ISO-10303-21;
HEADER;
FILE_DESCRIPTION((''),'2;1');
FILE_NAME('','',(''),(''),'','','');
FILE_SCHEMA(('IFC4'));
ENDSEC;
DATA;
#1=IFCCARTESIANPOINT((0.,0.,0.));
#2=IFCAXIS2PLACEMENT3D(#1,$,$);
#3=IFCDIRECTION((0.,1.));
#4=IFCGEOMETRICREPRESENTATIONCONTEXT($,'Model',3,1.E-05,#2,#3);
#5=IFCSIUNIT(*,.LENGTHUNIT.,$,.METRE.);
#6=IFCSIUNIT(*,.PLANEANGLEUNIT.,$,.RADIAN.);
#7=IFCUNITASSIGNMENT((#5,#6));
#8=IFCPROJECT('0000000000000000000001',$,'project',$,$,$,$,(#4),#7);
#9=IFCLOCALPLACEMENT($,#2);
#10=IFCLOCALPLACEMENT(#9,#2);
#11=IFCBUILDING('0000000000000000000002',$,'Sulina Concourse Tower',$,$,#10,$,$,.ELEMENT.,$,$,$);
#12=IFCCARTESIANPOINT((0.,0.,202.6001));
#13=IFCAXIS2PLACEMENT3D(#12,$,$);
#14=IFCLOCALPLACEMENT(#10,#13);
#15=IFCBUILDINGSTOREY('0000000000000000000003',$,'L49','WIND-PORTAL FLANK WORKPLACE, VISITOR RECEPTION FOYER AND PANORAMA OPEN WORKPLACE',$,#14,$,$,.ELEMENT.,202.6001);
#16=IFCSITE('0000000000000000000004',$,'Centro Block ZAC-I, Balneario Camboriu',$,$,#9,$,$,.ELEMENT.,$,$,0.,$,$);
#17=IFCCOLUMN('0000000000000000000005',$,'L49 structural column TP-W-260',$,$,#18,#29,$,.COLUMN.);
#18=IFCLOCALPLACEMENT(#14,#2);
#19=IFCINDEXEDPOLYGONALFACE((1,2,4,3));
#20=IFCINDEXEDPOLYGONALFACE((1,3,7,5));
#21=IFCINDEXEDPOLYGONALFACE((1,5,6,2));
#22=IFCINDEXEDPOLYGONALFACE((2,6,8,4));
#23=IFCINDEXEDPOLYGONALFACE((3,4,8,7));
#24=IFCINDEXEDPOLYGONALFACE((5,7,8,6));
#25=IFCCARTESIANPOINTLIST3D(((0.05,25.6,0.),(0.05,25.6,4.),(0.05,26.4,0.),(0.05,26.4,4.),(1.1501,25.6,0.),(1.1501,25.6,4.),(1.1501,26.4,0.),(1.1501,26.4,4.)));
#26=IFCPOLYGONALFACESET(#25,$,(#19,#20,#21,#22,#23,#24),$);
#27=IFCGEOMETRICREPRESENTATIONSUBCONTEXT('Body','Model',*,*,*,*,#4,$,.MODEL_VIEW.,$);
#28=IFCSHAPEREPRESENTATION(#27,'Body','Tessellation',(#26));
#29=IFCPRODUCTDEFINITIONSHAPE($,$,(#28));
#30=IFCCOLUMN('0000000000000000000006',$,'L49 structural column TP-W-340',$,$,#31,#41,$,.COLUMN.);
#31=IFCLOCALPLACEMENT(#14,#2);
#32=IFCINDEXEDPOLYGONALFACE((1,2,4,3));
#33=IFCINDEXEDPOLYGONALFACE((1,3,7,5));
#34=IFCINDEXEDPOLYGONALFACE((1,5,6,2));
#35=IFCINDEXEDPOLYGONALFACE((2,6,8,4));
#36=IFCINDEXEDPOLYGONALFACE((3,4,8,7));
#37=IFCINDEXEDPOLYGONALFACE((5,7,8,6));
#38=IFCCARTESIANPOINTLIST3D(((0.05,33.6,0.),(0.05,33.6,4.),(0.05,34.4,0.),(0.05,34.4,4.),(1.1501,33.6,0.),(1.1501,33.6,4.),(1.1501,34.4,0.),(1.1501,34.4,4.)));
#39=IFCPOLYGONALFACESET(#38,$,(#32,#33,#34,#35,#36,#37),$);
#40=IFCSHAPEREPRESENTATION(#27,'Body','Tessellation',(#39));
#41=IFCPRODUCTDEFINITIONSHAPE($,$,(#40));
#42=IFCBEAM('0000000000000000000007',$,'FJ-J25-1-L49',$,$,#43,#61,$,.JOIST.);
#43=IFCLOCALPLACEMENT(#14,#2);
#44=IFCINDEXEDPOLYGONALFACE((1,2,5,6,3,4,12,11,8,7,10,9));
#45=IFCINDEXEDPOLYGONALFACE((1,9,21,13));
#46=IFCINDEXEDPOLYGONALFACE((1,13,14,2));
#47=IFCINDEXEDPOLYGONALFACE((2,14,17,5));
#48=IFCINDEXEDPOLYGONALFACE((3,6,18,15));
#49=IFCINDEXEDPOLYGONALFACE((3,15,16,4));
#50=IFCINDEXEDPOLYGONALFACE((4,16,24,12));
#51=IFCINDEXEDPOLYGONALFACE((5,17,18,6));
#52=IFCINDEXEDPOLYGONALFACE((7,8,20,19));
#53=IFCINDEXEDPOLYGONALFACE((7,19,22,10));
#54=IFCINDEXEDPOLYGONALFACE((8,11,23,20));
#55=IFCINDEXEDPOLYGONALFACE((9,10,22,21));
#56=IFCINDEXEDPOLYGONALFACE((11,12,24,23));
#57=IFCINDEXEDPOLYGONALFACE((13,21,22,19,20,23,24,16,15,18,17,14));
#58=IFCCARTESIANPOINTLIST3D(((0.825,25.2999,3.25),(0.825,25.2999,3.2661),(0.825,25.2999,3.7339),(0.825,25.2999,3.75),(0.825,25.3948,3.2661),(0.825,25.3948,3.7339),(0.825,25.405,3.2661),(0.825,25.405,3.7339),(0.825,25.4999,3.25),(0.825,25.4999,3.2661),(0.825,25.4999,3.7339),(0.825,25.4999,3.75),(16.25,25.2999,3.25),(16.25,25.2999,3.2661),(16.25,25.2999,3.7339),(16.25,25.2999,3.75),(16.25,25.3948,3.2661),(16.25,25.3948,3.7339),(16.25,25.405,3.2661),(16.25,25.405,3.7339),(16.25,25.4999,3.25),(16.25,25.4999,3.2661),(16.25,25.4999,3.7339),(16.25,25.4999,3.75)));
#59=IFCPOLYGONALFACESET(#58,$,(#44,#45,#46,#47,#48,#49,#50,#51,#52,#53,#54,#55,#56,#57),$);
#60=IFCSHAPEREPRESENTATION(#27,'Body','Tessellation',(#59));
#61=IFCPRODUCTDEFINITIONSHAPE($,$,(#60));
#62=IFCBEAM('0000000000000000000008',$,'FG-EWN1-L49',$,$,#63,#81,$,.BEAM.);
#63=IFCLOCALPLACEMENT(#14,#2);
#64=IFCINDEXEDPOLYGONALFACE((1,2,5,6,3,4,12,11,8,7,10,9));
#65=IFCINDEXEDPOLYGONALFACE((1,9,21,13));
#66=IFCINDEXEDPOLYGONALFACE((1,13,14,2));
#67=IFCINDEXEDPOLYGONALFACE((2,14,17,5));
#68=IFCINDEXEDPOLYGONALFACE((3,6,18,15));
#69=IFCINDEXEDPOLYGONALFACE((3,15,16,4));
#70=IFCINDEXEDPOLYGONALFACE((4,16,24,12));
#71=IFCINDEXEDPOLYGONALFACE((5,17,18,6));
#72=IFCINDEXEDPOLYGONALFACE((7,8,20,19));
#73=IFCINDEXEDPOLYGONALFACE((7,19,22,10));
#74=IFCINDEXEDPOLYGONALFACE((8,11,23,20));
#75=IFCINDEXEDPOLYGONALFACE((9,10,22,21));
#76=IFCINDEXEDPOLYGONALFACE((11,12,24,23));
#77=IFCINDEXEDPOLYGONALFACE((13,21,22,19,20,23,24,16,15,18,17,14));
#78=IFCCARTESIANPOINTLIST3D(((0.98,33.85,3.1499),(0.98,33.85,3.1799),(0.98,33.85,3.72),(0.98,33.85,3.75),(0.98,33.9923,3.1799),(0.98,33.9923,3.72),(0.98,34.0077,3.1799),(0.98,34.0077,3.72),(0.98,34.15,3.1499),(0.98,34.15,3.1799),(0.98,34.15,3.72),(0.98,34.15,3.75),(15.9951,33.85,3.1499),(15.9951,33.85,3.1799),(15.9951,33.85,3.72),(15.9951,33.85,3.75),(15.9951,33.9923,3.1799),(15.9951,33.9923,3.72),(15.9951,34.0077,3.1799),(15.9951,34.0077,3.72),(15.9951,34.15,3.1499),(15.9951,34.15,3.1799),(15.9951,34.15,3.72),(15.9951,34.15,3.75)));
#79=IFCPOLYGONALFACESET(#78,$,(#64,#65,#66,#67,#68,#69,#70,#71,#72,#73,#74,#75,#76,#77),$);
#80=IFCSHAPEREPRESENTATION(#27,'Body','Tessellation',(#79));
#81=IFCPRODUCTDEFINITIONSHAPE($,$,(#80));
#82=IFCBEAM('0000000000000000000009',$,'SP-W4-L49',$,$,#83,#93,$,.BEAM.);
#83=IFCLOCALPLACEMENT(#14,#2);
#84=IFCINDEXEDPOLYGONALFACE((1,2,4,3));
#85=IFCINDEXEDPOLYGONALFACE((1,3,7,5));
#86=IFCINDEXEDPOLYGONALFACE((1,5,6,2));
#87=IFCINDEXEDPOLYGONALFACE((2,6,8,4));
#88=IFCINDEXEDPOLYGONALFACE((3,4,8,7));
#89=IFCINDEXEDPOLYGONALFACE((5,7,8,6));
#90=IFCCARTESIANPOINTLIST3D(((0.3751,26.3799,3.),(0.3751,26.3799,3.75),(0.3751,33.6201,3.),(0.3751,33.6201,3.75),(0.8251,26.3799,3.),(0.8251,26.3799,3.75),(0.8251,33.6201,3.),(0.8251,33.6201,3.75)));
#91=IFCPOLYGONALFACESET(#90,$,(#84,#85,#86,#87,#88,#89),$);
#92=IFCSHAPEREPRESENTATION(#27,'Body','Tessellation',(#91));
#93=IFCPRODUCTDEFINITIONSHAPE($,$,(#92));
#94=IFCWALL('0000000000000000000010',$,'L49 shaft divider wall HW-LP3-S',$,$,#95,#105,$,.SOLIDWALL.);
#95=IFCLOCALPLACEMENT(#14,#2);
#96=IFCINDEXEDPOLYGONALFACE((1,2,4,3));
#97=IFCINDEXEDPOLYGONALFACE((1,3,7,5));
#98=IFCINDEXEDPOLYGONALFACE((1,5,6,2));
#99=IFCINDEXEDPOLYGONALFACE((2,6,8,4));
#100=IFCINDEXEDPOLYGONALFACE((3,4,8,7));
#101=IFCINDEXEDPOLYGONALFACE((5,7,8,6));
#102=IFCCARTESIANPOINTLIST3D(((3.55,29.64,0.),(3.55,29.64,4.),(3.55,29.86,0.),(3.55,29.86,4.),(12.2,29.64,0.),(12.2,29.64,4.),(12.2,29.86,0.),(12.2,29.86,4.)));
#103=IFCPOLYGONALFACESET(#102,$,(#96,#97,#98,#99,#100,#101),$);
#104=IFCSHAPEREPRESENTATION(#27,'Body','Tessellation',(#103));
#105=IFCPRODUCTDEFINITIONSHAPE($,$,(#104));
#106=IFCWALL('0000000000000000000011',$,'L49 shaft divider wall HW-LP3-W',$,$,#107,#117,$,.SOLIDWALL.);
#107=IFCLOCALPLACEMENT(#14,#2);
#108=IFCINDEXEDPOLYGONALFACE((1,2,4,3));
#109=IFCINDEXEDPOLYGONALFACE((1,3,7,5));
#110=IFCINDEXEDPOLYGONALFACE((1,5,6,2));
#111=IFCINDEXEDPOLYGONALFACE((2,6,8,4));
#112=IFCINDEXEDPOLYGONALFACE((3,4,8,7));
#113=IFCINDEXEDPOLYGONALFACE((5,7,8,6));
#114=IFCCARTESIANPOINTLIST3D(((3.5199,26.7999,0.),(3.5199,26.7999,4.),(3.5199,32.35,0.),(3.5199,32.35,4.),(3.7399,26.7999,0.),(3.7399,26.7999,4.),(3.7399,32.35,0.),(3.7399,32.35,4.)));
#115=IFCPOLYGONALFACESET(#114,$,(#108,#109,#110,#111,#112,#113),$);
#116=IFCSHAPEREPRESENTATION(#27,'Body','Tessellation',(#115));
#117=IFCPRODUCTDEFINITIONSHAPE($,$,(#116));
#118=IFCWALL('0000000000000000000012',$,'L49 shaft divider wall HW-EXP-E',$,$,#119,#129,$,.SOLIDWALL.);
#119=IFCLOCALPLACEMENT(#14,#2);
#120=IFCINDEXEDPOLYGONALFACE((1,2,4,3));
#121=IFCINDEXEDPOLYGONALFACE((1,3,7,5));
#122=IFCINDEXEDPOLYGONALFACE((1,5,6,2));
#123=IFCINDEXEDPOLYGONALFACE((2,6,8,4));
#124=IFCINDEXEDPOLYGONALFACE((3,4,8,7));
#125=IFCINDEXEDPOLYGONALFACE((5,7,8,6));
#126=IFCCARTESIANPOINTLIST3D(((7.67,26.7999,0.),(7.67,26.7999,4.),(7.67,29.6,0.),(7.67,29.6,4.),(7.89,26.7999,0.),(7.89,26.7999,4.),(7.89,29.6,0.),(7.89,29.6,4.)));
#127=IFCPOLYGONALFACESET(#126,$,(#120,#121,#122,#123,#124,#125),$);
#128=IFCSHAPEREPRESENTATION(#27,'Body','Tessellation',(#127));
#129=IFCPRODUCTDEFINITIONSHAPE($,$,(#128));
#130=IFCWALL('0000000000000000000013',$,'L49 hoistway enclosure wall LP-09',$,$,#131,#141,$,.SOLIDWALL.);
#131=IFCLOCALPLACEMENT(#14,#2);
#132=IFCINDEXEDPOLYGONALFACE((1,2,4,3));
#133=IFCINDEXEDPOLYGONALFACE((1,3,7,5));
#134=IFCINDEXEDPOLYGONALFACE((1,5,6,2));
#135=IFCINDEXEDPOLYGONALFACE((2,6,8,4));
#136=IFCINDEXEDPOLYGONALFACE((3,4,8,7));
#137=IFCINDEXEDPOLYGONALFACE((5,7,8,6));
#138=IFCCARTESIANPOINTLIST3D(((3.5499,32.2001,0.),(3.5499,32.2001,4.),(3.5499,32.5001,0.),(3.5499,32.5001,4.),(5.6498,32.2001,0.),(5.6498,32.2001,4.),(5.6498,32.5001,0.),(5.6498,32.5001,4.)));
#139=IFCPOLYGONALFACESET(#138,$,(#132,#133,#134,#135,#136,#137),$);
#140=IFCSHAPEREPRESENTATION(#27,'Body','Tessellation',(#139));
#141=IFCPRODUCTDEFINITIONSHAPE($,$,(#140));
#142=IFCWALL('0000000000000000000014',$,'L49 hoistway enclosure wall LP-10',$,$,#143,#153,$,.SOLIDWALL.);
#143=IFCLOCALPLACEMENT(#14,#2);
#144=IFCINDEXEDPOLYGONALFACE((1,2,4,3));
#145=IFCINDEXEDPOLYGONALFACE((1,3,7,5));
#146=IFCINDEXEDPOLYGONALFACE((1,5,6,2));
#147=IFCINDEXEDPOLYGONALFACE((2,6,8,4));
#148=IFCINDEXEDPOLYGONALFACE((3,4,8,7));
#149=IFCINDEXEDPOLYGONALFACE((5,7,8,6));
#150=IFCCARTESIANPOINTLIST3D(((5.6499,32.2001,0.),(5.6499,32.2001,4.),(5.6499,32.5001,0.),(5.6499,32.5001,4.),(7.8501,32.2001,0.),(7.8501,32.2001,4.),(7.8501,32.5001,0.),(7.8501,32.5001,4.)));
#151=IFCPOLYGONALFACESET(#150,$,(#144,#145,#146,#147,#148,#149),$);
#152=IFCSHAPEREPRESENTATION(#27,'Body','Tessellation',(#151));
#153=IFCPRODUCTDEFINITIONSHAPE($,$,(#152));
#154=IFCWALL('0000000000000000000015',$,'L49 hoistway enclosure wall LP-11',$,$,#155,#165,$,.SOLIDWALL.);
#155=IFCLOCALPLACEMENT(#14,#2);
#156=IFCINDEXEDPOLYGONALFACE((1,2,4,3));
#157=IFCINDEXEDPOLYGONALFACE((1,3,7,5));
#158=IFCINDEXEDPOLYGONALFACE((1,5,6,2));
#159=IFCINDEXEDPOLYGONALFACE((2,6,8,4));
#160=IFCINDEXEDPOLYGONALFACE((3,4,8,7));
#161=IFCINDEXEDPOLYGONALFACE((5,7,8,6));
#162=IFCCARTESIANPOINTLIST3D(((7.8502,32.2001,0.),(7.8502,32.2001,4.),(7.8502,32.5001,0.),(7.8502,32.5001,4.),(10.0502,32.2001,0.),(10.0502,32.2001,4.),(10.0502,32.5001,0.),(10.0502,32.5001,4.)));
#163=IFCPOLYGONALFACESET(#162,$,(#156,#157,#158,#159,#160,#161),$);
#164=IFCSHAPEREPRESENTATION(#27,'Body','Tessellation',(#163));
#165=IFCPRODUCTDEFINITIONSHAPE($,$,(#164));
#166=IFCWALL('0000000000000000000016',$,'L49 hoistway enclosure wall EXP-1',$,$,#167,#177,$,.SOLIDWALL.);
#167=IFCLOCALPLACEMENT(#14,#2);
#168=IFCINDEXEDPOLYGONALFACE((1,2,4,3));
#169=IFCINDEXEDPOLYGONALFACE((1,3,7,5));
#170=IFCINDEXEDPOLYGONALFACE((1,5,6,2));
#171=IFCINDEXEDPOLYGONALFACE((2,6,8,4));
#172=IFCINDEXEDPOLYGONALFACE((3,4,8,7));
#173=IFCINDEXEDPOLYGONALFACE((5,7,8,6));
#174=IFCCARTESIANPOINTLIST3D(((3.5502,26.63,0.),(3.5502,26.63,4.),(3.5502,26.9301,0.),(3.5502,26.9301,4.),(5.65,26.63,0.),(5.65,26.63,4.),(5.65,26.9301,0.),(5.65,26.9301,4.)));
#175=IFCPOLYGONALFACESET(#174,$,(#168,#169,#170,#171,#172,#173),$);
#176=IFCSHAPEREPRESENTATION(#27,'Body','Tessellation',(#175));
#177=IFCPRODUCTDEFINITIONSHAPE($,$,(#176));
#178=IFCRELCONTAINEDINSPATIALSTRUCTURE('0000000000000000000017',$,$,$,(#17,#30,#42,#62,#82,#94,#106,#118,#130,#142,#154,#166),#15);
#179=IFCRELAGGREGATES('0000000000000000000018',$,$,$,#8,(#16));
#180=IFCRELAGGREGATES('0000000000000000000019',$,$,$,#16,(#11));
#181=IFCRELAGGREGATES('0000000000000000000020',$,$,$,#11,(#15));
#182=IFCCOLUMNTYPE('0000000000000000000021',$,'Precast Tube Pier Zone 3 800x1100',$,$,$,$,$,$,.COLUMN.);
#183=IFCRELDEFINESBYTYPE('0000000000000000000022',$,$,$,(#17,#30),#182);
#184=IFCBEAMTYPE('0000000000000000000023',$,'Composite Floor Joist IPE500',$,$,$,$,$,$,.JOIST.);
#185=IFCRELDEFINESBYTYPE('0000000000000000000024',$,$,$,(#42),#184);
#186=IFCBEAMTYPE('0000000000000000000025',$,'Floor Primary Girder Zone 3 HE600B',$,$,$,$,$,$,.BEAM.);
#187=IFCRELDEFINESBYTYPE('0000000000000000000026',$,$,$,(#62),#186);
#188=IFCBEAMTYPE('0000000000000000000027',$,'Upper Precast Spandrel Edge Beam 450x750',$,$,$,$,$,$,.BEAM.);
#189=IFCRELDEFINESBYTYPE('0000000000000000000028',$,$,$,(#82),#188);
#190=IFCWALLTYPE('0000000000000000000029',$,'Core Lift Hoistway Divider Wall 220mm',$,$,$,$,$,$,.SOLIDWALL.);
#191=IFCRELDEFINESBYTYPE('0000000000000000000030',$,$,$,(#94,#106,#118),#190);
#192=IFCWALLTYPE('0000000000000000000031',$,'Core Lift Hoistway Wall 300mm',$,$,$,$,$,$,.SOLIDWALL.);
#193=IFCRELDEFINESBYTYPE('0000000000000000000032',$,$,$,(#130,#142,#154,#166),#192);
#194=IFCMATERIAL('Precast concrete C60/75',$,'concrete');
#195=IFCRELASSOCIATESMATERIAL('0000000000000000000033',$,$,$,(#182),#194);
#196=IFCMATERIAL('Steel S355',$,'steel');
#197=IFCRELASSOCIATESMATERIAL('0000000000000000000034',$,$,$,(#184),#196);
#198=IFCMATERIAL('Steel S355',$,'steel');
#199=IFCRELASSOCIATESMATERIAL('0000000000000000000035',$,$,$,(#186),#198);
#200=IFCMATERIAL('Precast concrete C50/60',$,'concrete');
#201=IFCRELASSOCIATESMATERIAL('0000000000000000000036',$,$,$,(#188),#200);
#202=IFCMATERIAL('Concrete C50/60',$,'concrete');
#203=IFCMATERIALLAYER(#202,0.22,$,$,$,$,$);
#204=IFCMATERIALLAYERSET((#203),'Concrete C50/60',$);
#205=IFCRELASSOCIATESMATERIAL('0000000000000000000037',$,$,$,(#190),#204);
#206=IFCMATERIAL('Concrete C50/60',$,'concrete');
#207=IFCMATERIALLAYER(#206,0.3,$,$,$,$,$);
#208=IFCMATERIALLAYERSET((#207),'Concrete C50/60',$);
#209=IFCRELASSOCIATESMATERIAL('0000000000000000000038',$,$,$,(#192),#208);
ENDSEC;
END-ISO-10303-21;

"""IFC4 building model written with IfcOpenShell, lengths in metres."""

from ifc_helpers import new_model, si_unit, direction, frame, frame_2d, origin, origin_2d, place, context, subcontext, project, spatial, rectangle, i_section, extrude, material, layer, layer_set, material_profile, profile_set, type_object, element, save


model = new_model("IFC4")

# Units and contexts
model_context = context("Model", 3, precision=1e-05, world=origin(), true_north=direction((0.0, 1.0)))
body_context = subcontext(model_context, "Body", "Model", "MODEL_VIEW")
ifc_project = project(units=[si_unit("LENGTHUNIT", "METRE"), si_unit("PLANEANGLEUNIT", "RADIAN")], contexts=[model_context])

# Site, building, storey
site_placement = place(None, origin())
site = spatial("IfcSite", under=ifc_project, at=site_placement, Name="Centro Block ZAC-I, Balneario Camboriu", CompositionType="ELEMENT", RefElevation=0.0)
building_placement = place(site_placement, origin())
building = spatial("IfcBuilding", under=site, at=building_placement, Name="Sulina Concourse Tower", CompositionType="ELEMENT")
storey_placement = place(building_placement, frame((0.0, 0.0, 202.6001)))
storey = spatial("IfcBuildingStorey", under=building, at=storey_placement, Name="L49", Description="WIND-PORTAL FLANK WORKPLACE, VISITOR RECEPTION FOYER AND PANORAMA OPEN WORKPLACE", CompositionType="ELEMENT", Elevation=202.6001)

# Columns
ifc_material_1 = material(Name="Precast concrete C60/75", Category="concrete")
ifc_material_profile_1 = material_profile(ifc_material_1, rectangle(XDim=0.8, YDim=1.1001, at=origin_2d()), Name="PC 800x1100")
ifc_profile_set_1 = profile_set([ifc_material_profile_1], Name="Precast concrete C60/75")
column_type = type_object("IfcColumnType", Name="Precast Tube Pier Zone 3 800x1100", PredefinedType="COLUMN", material=ifc_profile_set_1)
for number, where, z_axis, x_axis, name in (
    (1, (0.6001, 26.0, 0.0), (0.0, 0.0, 1.0), (0.0, 1.0, 0.0), "L49 structural column TP-W-260"),
    (2, (0.6001, 34.0, 0.0), (0.0, 0.0, 1.0), (0.0, 1.0, 0.0), "L49 structural column TP-W-340"),
):
    element("IfcColumn", number, at=place(storey_placement, frame(where, z_axis=z_axis, x_axis=x_axis)), inside=storey, type_object=column_type, Name=name, PredefinedType="COLUMN", context=body_context, shape_type="SweptSolid", body=[
        extrude(rectangle(XDim=0.8, YDim=1.1001, at=origin_2d()), origin(), (0.0, 0.0, 1.0), 4.0),
    ])

# Beams
ifc_material_2 = material(Name="Steel S355", Category="steel")
ifc_material_profile_2 = material_profile(ifc_material_2, i_section(OverallWidth=0.2, OverallDepth=0.5, WebThickness=0.0103, FlangeThickness=0.0161, at=origin_2d()), Name="IPE 500")
ifc_profile_set_2 = profile_set([ifc_material_profile_2], Name="Steel S355")
beam_type_1 = type_object("IfcBeamType", Name="Composite Floor Joist IPE500", PredefinedType="JOIST", material=ifc_profile_set_2)
beam_1_placement = place(storey_placement, frame((0.825, 25.3999, 3.5), z_axis=(1.0, 0.0, 0.0), x_axis=(0.0, 1.0, 0.0)))
element("IfcBeam", 3, at=beam_1_placement, inside=storey, type_object=beam_type_1, Name="FJ-J25-1-L49", PredefinedType="JOIST", context=body_context, shape_type="SweptSolid", body=[
    extrude(i_section(OverallWidth=0.2, OverallDepth=0.5, WebThickness=0.0103, FlangeThickness=0.0161, at=origin_2d()), origin(), (0.0, 0.0, 1.0), 15.425),
])
ifc_material_3 = material(Name="Steel S355", Category="steel")
ifc_material_profile_3 = material_profile(ifc_material_3, i_section(OverallWidth=0.3, OverallDepth=0.6001, WebThickness=0.0154, FlangeThickness=0.03, at=origin_2d()), Name="HE 600 B")
ifc_profile_set_3 = profile_set([ifc_material_profile_3], Name="Steel S355")
beam_type_2 = type_object("IfcBeamType", Name="Floor Primary Girder Zone 3 HE600B", PredefinedType="BEAM", material=ifc_profile_set_3)
beam_2_placement = place(storey_placement, frame((0.98, 34.0, 3.45), z_axis=(1.0, 0.0, 0.0), x_axis=(0.0, 1.0, 0.0)))
element("IfcBeam", 4, at=beam_2_placement, inside=storey, type_object=beam_type_2, Name="FG-EWN1-L49", PredefinedType="BEAM", context=body_context, shape_type="SweptSolid", body=[
    extrude(i_section(OverallWidth=0.3, OverallDepth=0.6001, WebThickness=0.0154, FlangeThickness=0.03, at=origin_2d()), origin(), (0.0, 0.0, 1.0), 15.0151),
])
ifc_material_4 = material(Name="Precast concrete C50/60", Category="concrete")
ifc_material_profile_4 = material_profile(ifc_material_4, rectangle(XDim=0.45, YDim=0.75, at=origin_2d()), Name="RC 450x750")
ifc_profile_set_4 = profile_set([ifc_material_profile_4], Name="Precast concrete C50/60")
beam_type_3 = type_object("IfcBeamType", Name="Upper Precast Spandrel Edge Beam 450x750", PredefinedType="BEAM", material=ifc_profile_set_4)
beam_3_placement = place(storey_placement, frame((0.6001, 26.3799, 3.375), z_axis=(0.0, 1.0, 0.0), x_axis=(-1.0, 0.0, 0.0)))
element("IfcBeam", 5, at=beam_3_placement, inside=storey, type_object=beam_type_3, Name="SP-W4-L49", PredefinedType="BEAM", context=body_context, shape_type="SweptSolid", body=[
    extrude(rectangle(XDim=0.45, YDim=0.75, at=origin_2d()), origin(), (0.0, 0.0, 1.0), 7.2402),
])

# Walls
ifc_material_5 = material(Name="Concrete C50/60", Category="concrete")
ifc_layer_1 = layer(ifc_material_5, 0.22)
ifc_layer_set_1 = layer_set([ifc_layer_1], Name="Concrete C50/60")
wall_type_1 = type_object("IfcWallType", Name="Core Lift Hoistway Divider Wall 220mm", PredefinedType="SOLIDWALL", material=ifc_layer_set_1)
wall_1_placement = place(storey_placement, frame((3.55, 29.75, 0.0), z_axis=(0.0, 0.0, 1.0), x_axis=(1.0, 0.0, 0.0)))
element("IfcWall", 6, at=wall_1_placement, inside=storey, type_object=wall_type_1, Name="L49 shaft divider wall HW-LP3-S", PredefinedType="SOLIDWALL", context=body_context, shape_type="SweptSolid", body=[
    extrude(rectangle(XDim=8.6499, YDim=0.22, at=frame_2d((4.325, 0.0))), origin(), (0.0, 0.0, 1.0), 4.0),
])
wall_2_placement = place(storey_placement, frame((3.6299, 26.8, 0.0), z_axis=(0.0, 0.0, 1.0), x_axis=(0.0, 1.0, 0.0)))
element("IfcWall", 7, at=wall_2_placement, inside=storey, type_object=wall_type_1, Name="L49 shaft divider wall HW-LP3-W", PredefinedType="SOLIDWALL", context=body_context, shape_type="SweptSolid", body=[
    extrude(rectangle(XDim=5.55, YDim=0.22, at=frame_2d((2.7749, 0.0))), origin(), (0.0, 0.0, 1.0), 4.0),
])
wall_3_placement = place(storey_placement, frame((7.78, 26.8, 0.0), z_axis=(0.0, 0.0, 1.0), x_axis=(0.0, 1.0, 0.0)))
element("IfcWall", 8, at=wall_3_placement, inside=storey, type_object=wall_type_1, Name="L49 shaft divider wall HW-EXP-E", PredefinedType="SOLIDWALL", context=body_context, shape_type="SweptSolid", body=[
    extrude(rectangle(XDim=2.8, YDim=0.22, at=frame_2d((1.3999, 0.0))), origin(), (0.0, 0.0, 1.0), 4.0),
])
ifc_material_6 = material(Name="Concrete C50/60", Category="concrete")
ifc_layer_2 = layer(ifc_material_6, 0.3)
ifc_layer_set_2 = layer_set([ifc_layer_2], Name="Concrete C50/60")
wall_type_2 = type_object("IfcWallType", Name="Core Lift Hoistway Wall 300mm", PredefinedType="SOLIDWALL", material=ifc_layer_set_2)
wall_4_placement = place(storey_placement, frame((3.55, 32.3501, 0.0), z_axis=(0.0, 0.0, 1.0), x_axis=(1.0, 0.0, 0.0)))
element("IfcWall", 9, at=wall_4_placement, inside=storey, type_object=wall_type_2, Name="L49 hoistway enclosure wall LP-09", PredefinedType="SOLIDWALL", context=body_context, shape_type="SweptSolid", body=[
    extrude(rectangle(XDim=2.0999, YDim=0.3, at=frame_2d((1.0498, 0.0))), origin(), (0.0, 0.0, 1.0), 4.0),
])
wall_5_placement = place(storey_placement, frame((5.6499, 32.3501, 0.0), z_axis=(0.0, 0.0, 1.0), x_axis=(1.0, 0.0, 0.0)))
element("IfcWall", 10, at=wall_5_placement, inside=storey, type_object=wall_type_2, Name="L49 hoistway enclosure wall LP-10", PredefinedType="SOLIDWALL", context=body_context, shape_type="SweptSolid", body=[
    extrude(rectangle(XDim=2.2002, YDim=0.3, at=frame_2d((1.1001, 0.0))), origin(), (0.0, 0.0, 1.0), 4.0),
])
wall_6_placement = place(storey_placement, frame((7.8501, 32.3501, 0.0), z_axis=(0.0, 0.0, 1.0), x_axis=(1.0, 0.0, 0.0)))
element("IfcWall", 11, at=wall_6_placement, inside=storey, type_object=wall_type_2, Name="L49 hoistway enclosure wall LP-11", PredefinedType="SOLIDWALL", context=body_context, shape_type="SweptSolid", body=[
    extrude(rectangle(XDim=2.2, YDim=0.3, at=frame_2d((1.1001, 0.0))), origin(), (0.0, 0.0, 1.0), 4.0),
])
wall_7_placement = place(storey_placement, frame((5.6499, 26.78, 0.0), z_axis=(0.0, 0.0, 1.0), x_axis=(-1.0, 0.0, 0.0)))
element("IfcWall", 12, at=wall_7_placement, inside=storey, type_object=wall_type_2, Name="L49 hoistway enclosure wall EXP-1", PredefinedType="SOLIDWALL", context=body_context, shape_type="SweptSolid", body=[
    extrude(rectangle(XDim=2.0999, YDim=0.3, at=frame_2d((1.0498, 0.0))), origin(), (0.0, 0.0, 1.0), 4.0),
])

save(model, "model.ifc")
